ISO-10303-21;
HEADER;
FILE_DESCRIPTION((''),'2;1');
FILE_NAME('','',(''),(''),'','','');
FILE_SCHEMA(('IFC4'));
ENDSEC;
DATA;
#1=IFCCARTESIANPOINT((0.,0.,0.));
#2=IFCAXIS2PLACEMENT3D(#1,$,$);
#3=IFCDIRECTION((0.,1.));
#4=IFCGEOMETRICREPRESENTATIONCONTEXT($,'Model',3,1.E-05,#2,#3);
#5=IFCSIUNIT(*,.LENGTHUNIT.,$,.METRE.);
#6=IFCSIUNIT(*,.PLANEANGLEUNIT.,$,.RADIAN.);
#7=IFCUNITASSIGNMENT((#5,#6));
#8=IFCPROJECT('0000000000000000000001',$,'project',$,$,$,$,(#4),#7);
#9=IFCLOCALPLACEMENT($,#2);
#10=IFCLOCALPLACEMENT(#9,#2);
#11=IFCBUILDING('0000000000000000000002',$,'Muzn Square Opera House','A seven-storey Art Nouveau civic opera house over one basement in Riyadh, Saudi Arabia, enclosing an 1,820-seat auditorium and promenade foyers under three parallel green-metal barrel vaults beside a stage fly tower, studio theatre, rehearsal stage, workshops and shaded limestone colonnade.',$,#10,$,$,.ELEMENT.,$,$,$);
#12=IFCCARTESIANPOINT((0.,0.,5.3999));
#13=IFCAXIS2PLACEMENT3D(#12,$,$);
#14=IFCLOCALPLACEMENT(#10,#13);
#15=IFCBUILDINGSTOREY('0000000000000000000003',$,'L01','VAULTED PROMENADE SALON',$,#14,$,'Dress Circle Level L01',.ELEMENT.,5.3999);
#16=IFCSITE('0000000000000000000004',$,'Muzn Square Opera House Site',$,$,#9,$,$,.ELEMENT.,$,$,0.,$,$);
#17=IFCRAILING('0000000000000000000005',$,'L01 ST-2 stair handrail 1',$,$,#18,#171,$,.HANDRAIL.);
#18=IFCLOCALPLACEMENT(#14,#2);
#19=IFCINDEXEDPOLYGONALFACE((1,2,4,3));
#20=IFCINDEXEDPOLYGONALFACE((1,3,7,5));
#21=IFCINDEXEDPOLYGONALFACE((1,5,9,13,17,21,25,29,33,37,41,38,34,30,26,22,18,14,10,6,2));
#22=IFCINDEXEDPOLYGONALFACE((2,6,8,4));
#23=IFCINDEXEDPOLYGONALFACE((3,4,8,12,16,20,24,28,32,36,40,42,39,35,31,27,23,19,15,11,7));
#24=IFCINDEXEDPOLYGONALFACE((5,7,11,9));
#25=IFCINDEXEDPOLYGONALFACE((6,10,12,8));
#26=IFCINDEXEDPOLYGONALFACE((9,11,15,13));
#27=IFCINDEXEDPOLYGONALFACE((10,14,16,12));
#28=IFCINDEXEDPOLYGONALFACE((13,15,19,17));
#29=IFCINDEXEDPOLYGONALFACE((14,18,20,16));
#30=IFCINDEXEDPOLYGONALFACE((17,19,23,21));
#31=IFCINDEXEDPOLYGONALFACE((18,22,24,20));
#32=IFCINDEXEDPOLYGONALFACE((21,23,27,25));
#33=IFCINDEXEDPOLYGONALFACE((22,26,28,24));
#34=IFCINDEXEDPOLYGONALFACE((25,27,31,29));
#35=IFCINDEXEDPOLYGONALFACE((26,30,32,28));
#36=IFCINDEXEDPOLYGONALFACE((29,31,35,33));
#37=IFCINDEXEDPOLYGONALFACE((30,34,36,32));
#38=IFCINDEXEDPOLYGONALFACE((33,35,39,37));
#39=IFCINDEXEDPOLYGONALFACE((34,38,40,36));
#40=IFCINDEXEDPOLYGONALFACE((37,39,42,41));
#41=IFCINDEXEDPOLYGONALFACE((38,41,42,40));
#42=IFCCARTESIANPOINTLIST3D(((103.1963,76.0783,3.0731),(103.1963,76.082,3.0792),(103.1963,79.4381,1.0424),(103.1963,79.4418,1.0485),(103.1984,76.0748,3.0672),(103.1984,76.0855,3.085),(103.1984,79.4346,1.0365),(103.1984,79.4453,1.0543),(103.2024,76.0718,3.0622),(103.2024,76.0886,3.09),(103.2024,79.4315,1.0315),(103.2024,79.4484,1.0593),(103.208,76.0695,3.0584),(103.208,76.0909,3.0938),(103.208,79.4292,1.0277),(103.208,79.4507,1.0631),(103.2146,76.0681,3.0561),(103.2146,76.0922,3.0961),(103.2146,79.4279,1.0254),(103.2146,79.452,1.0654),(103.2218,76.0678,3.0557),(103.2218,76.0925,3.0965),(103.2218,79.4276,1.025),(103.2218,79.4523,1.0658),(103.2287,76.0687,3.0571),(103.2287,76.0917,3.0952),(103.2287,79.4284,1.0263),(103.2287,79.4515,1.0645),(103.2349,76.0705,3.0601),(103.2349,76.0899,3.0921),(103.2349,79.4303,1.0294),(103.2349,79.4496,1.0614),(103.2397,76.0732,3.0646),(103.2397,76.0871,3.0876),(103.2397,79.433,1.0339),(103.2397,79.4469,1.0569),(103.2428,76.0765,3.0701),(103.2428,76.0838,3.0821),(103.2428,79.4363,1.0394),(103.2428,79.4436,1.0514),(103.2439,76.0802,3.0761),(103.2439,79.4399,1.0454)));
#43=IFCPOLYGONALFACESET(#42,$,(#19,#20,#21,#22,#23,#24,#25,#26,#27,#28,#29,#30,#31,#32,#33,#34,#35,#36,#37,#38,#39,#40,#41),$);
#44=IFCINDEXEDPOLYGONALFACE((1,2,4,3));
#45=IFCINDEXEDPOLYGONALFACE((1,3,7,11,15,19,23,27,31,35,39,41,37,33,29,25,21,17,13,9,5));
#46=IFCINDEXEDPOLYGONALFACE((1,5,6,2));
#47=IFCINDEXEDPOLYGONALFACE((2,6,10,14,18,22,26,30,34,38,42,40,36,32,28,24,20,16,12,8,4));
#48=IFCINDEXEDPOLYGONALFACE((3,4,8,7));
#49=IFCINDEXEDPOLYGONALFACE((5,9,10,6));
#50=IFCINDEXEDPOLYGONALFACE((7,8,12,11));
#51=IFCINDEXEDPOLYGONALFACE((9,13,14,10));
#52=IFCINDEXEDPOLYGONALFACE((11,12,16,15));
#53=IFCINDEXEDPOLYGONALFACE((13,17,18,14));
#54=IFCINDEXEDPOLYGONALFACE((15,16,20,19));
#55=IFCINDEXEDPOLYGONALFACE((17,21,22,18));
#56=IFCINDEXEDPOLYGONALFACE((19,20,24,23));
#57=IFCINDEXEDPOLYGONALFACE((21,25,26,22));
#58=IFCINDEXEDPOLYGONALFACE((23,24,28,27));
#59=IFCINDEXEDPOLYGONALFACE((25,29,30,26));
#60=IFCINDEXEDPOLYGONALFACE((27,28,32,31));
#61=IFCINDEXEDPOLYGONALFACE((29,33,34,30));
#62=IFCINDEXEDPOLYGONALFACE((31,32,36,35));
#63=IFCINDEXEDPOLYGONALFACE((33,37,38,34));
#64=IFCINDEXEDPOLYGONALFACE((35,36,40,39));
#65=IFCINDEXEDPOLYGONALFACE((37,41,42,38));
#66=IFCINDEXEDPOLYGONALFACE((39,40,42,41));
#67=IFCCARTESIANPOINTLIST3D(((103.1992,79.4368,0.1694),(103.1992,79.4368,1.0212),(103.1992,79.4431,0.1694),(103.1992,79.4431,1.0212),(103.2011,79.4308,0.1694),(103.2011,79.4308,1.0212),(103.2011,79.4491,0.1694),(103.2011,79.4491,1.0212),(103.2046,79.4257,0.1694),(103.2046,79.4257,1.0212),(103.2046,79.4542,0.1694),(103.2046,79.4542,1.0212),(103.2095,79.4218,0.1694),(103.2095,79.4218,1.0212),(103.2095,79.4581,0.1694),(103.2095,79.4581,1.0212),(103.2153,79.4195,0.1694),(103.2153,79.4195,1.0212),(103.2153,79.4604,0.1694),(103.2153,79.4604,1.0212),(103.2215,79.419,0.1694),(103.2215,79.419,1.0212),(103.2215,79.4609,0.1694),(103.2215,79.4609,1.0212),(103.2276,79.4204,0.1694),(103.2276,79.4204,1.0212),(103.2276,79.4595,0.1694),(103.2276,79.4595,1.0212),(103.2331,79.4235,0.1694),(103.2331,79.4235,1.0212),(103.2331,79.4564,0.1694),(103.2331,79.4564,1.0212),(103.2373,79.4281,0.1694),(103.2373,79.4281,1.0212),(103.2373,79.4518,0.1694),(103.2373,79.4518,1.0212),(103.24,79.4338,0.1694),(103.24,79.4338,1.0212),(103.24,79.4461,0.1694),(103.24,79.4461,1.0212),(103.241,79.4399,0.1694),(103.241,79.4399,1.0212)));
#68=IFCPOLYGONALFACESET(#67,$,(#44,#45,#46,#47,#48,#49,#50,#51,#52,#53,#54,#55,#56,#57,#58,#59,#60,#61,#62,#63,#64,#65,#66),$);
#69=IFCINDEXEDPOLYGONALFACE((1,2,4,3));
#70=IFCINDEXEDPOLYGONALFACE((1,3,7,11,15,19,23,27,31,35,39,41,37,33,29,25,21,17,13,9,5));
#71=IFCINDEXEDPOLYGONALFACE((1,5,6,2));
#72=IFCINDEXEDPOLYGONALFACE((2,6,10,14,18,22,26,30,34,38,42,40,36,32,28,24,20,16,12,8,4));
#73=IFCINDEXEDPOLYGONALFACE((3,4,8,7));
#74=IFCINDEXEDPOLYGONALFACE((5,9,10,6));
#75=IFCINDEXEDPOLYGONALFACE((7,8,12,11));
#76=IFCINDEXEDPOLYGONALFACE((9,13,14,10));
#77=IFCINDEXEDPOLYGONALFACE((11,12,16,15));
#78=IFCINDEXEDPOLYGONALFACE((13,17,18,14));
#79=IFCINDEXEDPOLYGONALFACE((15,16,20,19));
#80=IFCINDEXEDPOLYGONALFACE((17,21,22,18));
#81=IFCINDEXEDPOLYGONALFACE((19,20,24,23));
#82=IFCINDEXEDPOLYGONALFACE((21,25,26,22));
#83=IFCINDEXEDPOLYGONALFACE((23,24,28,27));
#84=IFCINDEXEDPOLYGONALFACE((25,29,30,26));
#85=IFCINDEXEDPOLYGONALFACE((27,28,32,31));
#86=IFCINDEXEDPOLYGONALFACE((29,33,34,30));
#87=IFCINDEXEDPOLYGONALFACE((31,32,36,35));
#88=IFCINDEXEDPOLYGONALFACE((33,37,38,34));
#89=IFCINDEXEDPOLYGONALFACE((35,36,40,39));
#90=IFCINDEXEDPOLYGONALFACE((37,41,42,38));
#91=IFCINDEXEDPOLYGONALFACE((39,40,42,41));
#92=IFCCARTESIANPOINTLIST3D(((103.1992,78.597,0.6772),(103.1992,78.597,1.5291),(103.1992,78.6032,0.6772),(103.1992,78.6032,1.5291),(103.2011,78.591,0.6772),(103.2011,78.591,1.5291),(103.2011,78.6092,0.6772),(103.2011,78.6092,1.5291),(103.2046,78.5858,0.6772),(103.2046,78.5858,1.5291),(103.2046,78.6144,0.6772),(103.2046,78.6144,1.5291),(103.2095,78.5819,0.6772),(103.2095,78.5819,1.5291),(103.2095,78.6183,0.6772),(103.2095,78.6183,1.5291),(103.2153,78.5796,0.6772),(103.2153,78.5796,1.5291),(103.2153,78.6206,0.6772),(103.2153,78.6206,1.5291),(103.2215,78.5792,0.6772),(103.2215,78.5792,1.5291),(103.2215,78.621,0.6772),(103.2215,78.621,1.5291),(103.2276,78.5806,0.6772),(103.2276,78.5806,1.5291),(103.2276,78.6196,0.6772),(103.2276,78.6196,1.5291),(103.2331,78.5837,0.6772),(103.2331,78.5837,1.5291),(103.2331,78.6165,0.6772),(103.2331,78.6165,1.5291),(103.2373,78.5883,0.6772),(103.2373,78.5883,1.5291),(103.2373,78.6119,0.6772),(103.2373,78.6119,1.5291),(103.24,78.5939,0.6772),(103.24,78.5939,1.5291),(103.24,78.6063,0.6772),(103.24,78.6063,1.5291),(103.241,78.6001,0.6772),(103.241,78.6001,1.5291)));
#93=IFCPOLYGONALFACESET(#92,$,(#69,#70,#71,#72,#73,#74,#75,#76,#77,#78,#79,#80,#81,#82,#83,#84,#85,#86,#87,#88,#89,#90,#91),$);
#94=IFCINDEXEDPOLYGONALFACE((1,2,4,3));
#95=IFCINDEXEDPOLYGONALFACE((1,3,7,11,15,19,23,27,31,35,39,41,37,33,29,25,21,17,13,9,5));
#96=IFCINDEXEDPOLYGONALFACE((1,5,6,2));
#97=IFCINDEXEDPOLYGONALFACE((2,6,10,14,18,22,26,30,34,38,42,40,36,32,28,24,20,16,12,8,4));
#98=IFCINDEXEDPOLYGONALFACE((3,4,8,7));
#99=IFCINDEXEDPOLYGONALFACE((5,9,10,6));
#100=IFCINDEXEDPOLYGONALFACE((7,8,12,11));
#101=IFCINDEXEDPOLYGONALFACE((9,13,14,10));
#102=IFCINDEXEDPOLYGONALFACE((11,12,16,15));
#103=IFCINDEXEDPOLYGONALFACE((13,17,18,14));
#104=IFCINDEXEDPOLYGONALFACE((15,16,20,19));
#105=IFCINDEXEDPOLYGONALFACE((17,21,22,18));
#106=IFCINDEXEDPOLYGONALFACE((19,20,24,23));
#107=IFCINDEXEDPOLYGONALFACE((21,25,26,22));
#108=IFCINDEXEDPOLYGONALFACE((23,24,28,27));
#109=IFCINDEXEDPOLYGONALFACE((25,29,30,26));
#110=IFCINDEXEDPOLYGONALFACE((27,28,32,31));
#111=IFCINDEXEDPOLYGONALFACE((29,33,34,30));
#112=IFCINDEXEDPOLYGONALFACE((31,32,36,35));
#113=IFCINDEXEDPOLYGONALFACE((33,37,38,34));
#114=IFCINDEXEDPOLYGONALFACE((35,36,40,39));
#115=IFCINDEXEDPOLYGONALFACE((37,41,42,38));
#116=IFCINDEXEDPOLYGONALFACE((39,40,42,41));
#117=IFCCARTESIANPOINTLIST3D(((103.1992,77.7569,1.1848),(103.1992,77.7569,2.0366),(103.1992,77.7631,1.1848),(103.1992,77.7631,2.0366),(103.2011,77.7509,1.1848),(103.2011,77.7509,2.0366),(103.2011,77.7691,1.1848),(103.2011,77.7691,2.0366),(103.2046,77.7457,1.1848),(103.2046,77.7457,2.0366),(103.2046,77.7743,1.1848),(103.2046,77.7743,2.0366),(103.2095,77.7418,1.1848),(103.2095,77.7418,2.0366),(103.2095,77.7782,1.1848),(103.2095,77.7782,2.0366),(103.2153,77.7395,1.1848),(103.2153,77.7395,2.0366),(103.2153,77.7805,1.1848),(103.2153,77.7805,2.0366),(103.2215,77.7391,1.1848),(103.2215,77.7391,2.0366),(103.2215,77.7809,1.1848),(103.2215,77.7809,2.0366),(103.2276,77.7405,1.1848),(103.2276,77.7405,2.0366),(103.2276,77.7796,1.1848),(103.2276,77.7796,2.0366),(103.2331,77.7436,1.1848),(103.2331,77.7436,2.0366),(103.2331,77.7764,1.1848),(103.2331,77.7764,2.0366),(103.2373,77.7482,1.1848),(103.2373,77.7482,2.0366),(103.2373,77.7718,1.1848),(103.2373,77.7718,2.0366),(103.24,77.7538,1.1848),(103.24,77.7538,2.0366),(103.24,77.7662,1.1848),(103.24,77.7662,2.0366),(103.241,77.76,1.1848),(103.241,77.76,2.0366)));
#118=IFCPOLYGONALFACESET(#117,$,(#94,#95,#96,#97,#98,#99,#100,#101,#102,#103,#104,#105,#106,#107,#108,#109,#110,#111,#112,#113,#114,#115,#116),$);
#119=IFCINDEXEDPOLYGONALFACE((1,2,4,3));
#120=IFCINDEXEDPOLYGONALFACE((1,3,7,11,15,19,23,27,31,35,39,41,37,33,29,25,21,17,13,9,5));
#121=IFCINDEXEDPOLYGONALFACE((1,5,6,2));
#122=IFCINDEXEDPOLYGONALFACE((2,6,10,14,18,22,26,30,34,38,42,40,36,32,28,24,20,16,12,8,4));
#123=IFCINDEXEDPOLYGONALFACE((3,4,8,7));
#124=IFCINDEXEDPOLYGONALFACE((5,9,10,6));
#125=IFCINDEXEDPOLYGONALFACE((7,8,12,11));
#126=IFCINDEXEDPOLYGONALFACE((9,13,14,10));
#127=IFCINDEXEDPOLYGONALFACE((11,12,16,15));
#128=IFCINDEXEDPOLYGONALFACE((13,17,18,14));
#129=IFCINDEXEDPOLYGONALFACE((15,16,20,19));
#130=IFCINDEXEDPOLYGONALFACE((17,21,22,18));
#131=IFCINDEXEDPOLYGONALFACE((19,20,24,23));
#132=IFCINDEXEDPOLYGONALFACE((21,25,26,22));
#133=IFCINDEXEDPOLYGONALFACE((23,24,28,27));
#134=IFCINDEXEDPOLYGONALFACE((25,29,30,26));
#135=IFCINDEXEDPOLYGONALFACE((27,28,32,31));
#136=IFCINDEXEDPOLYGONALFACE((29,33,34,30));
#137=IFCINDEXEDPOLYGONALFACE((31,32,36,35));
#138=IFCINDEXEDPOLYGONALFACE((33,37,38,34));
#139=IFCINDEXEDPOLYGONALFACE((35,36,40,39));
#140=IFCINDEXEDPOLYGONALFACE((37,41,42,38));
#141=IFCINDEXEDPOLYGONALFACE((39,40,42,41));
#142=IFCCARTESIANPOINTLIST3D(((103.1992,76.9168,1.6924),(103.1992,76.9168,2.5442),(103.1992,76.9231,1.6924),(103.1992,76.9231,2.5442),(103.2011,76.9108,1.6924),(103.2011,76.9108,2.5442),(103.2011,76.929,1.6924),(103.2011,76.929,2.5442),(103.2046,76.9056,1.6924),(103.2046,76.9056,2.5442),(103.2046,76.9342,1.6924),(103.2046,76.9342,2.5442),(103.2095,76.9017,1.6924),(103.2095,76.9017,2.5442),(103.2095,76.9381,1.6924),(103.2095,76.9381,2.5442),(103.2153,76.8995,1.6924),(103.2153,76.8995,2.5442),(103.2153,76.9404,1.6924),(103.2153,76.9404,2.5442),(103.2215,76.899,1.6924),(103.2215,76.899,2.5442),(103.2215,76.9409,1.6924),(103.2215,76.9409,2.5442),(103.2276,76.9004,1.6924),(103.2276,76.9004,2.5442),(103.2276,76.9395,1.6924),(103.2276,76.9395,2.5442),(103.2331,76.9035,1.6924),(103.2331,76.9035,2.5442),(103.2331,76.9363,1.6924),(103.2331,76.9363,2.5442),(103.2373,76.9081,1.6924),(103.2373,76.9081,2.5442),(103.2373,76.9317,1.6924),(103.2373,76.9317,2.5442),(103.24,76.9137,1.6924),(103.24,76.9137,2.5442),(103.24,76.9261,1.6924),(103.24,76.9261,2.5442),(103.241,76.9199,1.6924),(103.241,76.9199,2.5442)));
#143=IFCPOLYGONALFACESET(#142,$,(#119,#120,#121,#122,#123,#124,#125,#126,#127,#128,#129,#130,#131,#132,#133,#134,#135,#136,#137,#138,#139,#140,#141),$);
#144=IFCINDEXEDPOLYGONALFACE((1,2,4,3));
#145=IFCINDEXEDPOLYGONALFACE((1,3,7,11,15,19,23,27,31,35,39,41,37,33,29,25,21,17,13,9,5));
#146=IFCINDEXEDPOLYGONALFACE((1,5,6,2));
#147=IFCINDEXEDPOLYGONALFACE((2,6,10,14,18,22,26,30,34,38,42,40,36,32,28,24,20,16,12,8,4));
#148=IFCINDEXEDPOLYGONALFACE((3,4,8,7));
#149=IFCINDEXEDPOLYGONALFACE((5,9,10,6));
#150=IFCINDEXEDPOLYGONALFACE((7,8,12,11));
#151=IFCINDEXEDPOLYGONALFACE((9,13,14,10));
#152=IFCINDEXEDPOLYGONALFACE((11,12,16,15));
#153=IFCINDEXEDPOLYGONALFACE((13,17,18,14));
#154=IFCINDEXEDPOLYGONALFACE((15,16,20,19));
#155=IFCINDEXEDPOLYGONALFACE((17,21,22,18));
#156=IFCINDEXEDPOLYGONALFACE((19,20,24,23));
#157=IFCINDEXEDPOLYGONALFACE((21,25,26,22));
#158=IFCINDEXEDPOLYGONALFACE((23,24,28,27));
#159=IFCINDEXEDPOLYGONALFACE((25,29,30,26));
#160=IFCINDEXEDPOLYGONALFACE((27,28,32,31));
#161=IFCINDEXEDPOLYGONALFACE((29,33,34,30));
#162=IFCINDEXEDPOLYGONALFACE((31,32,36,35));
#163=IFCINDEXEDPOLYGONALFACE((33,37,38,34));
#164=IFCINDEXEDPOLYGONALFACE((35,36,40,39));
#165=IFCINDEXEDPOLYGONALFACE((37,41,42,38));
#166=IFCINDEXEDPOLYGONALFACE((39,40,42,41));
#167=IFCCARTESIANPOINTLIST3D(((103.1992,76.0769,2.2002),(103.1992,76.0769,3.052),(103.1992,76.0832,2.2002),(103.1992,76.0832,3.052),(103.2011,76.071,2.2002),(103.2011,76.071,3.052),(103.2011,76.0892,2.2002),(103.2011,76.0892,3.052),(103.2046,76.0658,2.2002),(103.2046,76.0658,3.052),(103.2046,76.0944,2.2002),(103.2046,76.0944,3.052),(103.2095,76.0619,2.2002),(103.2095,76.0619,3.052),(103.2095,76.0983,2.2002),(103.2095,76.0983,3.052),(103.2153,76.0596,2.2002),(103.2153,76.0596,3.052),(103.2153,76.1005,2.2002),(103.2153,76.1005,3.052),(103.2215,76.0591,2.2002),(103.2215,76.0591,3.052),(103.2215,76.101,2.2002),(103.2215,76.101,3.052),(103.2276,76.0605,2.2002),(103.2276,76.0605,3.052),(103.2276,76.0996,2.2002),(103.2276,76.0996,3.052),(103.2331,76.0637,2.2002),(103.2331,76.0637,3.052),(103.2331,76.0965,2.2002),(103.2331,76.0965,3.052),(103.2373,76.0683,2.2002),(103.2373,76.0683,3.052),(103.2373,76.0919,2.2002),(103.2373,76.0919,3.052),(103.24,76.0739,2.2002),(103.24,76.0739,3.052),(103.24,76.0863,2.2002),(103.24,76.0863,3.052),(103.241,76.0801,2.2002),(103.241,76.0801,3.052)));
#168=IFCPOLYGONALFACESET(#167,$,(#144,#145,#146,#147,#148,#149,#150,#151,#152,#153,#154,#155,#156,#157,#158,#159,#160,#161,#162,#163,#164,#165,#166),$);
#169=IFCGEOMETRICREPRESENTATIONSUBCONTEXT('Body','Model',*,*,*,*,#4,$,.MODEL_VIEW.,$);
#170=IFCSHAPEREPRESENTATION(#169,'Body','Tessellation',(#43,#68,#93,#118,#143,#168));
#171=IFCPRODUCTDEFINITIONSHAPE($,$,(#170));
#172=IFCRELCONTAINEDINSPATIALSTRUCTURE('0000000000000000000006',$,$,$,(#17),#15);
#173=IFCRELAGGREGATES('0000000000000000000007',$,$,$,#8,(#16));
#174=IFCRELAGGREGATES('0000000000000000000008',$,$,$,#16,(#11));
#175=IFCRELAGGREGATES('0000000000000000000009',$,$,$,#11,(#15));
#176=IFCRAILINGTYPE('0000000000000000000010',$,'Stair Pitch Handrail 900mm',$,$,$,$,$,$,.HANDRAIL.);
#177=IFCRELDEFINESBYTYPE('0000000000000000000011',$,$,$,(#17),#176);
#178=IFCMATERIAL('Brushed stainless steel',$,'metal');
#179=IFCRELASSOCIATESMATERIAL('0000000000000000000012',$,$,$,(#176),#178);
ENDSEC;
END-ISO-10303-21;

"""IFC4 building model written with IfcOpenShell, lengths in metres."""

from ifc_helpers import new_model, si_unit, direction, frame, origin, origin_2d, place, context, subcontext, project, spatial, circle, extrude, material, type_object, element, save


model = new_model("IFC4")

# Units and contexts
model_context = context("Model", 3, precision=1e-05, world=origin(), true_north=direction((0.0, 1.0)))
body_context = subcontext(model_context, "Body", "Model", "MODEL_VIEW")
ifc_project = project(units=[si_unit("LENGTHUNIT", "METRE"), si_unit("PLANEANGLEUNIT", "RADIAN")], contexts=[model_context])

# Site, building, storey
site_placement = place(None, origin())
site = spatial("IfcSite", under=ifc_project, at=site_placement, Name="Muzn Square Opera House Site", CompositionType="ELEMENT", RefElevation=0.0)
building_placement = place(site_placement, origin())
building = spatial("IfcBuilding", under=site, at=building_placement, Name="Muzn Square Opera House", Description="A seven-storey Art Nouveau civic opera house over one basement in Riyadh, Saudi Arabia, enclosing an 1,820-seat auditorium and promenade foyers under three parallel green-metal barrel vaults beside a stage fly tower, studio theatre, rehearsal stage, workshops and shaded limestone colonnade.", CompositionType="ELEMENT")
storey_placement = place(building_placement, frame((0.0, 0.0, 5.3999)))
storey = spatial("IfcBuildingStorey", under=building, at=storey_placement, Name="L01", Description="VAULTED PROMENADE SALON", LongName="Dress Circle Level L01", CompositionType="ELEMENT", Elevation=5.3999)

# Shared definitions
ifc_material_1 = material(Name="Brushed stainless steel", Category="metal")

# Railing
railing_type_1 = type_object("IfcRailingType", Name="Stair Pitch Handrail 900mm", PredefinedType="HANDRAIL", material=ifc_material_1)
railing_1_placement = place(storey_placement, frame((103.22, 79.4399, 0.1694)))
element("IfcRailing", 1, at=railing_1_placement, inside=storey, type_object=railing_type_1, Name="L01 ST-2 stair handrail 1", PredefinedType="HANDRAIL", context=body_context, shape_type="SweptSolid", body=[
    extrude(circle(Radius=0.0239, at=origin_2d()), frame((0.0, 0.0, 0.876), z_axis=(0.0, -0.85582, 0.517273), x_axis=(1.0, 0.0, 0.0)), (0.0, 0.0, 1.0), 3.9258),
    extrude(circle(Radius=0.021, at=origin_2d()), origin(), (0.0, 0.0, 1.0), 0.8518),
    extrude(circle(Radius=0.021, at=origin_2d()), frame((0.0, -0.8398, 0.5078)), (0.0, 0.0, 1.0), 0.8518),
    extrude(circle(Radius=0.021, at=origin_2d()), frame((0.0, -1.6799, 1.0154)), (0.0, 0.0, 1.0), 0.8518),
    extrude(circle(Radius=0.021, at=origin_2d()), frame((0.0, -2.52, 1.5229)), (0.0, 0.0, 1.0), 0.8518),
    extrude(circle(Radius=0.021, at=origin_2d()), frame((0.0, -3.3599, 2.0308)), (0.0, 0.0, 1.0), 0.8518),
])

save(model, "model.ifc")
